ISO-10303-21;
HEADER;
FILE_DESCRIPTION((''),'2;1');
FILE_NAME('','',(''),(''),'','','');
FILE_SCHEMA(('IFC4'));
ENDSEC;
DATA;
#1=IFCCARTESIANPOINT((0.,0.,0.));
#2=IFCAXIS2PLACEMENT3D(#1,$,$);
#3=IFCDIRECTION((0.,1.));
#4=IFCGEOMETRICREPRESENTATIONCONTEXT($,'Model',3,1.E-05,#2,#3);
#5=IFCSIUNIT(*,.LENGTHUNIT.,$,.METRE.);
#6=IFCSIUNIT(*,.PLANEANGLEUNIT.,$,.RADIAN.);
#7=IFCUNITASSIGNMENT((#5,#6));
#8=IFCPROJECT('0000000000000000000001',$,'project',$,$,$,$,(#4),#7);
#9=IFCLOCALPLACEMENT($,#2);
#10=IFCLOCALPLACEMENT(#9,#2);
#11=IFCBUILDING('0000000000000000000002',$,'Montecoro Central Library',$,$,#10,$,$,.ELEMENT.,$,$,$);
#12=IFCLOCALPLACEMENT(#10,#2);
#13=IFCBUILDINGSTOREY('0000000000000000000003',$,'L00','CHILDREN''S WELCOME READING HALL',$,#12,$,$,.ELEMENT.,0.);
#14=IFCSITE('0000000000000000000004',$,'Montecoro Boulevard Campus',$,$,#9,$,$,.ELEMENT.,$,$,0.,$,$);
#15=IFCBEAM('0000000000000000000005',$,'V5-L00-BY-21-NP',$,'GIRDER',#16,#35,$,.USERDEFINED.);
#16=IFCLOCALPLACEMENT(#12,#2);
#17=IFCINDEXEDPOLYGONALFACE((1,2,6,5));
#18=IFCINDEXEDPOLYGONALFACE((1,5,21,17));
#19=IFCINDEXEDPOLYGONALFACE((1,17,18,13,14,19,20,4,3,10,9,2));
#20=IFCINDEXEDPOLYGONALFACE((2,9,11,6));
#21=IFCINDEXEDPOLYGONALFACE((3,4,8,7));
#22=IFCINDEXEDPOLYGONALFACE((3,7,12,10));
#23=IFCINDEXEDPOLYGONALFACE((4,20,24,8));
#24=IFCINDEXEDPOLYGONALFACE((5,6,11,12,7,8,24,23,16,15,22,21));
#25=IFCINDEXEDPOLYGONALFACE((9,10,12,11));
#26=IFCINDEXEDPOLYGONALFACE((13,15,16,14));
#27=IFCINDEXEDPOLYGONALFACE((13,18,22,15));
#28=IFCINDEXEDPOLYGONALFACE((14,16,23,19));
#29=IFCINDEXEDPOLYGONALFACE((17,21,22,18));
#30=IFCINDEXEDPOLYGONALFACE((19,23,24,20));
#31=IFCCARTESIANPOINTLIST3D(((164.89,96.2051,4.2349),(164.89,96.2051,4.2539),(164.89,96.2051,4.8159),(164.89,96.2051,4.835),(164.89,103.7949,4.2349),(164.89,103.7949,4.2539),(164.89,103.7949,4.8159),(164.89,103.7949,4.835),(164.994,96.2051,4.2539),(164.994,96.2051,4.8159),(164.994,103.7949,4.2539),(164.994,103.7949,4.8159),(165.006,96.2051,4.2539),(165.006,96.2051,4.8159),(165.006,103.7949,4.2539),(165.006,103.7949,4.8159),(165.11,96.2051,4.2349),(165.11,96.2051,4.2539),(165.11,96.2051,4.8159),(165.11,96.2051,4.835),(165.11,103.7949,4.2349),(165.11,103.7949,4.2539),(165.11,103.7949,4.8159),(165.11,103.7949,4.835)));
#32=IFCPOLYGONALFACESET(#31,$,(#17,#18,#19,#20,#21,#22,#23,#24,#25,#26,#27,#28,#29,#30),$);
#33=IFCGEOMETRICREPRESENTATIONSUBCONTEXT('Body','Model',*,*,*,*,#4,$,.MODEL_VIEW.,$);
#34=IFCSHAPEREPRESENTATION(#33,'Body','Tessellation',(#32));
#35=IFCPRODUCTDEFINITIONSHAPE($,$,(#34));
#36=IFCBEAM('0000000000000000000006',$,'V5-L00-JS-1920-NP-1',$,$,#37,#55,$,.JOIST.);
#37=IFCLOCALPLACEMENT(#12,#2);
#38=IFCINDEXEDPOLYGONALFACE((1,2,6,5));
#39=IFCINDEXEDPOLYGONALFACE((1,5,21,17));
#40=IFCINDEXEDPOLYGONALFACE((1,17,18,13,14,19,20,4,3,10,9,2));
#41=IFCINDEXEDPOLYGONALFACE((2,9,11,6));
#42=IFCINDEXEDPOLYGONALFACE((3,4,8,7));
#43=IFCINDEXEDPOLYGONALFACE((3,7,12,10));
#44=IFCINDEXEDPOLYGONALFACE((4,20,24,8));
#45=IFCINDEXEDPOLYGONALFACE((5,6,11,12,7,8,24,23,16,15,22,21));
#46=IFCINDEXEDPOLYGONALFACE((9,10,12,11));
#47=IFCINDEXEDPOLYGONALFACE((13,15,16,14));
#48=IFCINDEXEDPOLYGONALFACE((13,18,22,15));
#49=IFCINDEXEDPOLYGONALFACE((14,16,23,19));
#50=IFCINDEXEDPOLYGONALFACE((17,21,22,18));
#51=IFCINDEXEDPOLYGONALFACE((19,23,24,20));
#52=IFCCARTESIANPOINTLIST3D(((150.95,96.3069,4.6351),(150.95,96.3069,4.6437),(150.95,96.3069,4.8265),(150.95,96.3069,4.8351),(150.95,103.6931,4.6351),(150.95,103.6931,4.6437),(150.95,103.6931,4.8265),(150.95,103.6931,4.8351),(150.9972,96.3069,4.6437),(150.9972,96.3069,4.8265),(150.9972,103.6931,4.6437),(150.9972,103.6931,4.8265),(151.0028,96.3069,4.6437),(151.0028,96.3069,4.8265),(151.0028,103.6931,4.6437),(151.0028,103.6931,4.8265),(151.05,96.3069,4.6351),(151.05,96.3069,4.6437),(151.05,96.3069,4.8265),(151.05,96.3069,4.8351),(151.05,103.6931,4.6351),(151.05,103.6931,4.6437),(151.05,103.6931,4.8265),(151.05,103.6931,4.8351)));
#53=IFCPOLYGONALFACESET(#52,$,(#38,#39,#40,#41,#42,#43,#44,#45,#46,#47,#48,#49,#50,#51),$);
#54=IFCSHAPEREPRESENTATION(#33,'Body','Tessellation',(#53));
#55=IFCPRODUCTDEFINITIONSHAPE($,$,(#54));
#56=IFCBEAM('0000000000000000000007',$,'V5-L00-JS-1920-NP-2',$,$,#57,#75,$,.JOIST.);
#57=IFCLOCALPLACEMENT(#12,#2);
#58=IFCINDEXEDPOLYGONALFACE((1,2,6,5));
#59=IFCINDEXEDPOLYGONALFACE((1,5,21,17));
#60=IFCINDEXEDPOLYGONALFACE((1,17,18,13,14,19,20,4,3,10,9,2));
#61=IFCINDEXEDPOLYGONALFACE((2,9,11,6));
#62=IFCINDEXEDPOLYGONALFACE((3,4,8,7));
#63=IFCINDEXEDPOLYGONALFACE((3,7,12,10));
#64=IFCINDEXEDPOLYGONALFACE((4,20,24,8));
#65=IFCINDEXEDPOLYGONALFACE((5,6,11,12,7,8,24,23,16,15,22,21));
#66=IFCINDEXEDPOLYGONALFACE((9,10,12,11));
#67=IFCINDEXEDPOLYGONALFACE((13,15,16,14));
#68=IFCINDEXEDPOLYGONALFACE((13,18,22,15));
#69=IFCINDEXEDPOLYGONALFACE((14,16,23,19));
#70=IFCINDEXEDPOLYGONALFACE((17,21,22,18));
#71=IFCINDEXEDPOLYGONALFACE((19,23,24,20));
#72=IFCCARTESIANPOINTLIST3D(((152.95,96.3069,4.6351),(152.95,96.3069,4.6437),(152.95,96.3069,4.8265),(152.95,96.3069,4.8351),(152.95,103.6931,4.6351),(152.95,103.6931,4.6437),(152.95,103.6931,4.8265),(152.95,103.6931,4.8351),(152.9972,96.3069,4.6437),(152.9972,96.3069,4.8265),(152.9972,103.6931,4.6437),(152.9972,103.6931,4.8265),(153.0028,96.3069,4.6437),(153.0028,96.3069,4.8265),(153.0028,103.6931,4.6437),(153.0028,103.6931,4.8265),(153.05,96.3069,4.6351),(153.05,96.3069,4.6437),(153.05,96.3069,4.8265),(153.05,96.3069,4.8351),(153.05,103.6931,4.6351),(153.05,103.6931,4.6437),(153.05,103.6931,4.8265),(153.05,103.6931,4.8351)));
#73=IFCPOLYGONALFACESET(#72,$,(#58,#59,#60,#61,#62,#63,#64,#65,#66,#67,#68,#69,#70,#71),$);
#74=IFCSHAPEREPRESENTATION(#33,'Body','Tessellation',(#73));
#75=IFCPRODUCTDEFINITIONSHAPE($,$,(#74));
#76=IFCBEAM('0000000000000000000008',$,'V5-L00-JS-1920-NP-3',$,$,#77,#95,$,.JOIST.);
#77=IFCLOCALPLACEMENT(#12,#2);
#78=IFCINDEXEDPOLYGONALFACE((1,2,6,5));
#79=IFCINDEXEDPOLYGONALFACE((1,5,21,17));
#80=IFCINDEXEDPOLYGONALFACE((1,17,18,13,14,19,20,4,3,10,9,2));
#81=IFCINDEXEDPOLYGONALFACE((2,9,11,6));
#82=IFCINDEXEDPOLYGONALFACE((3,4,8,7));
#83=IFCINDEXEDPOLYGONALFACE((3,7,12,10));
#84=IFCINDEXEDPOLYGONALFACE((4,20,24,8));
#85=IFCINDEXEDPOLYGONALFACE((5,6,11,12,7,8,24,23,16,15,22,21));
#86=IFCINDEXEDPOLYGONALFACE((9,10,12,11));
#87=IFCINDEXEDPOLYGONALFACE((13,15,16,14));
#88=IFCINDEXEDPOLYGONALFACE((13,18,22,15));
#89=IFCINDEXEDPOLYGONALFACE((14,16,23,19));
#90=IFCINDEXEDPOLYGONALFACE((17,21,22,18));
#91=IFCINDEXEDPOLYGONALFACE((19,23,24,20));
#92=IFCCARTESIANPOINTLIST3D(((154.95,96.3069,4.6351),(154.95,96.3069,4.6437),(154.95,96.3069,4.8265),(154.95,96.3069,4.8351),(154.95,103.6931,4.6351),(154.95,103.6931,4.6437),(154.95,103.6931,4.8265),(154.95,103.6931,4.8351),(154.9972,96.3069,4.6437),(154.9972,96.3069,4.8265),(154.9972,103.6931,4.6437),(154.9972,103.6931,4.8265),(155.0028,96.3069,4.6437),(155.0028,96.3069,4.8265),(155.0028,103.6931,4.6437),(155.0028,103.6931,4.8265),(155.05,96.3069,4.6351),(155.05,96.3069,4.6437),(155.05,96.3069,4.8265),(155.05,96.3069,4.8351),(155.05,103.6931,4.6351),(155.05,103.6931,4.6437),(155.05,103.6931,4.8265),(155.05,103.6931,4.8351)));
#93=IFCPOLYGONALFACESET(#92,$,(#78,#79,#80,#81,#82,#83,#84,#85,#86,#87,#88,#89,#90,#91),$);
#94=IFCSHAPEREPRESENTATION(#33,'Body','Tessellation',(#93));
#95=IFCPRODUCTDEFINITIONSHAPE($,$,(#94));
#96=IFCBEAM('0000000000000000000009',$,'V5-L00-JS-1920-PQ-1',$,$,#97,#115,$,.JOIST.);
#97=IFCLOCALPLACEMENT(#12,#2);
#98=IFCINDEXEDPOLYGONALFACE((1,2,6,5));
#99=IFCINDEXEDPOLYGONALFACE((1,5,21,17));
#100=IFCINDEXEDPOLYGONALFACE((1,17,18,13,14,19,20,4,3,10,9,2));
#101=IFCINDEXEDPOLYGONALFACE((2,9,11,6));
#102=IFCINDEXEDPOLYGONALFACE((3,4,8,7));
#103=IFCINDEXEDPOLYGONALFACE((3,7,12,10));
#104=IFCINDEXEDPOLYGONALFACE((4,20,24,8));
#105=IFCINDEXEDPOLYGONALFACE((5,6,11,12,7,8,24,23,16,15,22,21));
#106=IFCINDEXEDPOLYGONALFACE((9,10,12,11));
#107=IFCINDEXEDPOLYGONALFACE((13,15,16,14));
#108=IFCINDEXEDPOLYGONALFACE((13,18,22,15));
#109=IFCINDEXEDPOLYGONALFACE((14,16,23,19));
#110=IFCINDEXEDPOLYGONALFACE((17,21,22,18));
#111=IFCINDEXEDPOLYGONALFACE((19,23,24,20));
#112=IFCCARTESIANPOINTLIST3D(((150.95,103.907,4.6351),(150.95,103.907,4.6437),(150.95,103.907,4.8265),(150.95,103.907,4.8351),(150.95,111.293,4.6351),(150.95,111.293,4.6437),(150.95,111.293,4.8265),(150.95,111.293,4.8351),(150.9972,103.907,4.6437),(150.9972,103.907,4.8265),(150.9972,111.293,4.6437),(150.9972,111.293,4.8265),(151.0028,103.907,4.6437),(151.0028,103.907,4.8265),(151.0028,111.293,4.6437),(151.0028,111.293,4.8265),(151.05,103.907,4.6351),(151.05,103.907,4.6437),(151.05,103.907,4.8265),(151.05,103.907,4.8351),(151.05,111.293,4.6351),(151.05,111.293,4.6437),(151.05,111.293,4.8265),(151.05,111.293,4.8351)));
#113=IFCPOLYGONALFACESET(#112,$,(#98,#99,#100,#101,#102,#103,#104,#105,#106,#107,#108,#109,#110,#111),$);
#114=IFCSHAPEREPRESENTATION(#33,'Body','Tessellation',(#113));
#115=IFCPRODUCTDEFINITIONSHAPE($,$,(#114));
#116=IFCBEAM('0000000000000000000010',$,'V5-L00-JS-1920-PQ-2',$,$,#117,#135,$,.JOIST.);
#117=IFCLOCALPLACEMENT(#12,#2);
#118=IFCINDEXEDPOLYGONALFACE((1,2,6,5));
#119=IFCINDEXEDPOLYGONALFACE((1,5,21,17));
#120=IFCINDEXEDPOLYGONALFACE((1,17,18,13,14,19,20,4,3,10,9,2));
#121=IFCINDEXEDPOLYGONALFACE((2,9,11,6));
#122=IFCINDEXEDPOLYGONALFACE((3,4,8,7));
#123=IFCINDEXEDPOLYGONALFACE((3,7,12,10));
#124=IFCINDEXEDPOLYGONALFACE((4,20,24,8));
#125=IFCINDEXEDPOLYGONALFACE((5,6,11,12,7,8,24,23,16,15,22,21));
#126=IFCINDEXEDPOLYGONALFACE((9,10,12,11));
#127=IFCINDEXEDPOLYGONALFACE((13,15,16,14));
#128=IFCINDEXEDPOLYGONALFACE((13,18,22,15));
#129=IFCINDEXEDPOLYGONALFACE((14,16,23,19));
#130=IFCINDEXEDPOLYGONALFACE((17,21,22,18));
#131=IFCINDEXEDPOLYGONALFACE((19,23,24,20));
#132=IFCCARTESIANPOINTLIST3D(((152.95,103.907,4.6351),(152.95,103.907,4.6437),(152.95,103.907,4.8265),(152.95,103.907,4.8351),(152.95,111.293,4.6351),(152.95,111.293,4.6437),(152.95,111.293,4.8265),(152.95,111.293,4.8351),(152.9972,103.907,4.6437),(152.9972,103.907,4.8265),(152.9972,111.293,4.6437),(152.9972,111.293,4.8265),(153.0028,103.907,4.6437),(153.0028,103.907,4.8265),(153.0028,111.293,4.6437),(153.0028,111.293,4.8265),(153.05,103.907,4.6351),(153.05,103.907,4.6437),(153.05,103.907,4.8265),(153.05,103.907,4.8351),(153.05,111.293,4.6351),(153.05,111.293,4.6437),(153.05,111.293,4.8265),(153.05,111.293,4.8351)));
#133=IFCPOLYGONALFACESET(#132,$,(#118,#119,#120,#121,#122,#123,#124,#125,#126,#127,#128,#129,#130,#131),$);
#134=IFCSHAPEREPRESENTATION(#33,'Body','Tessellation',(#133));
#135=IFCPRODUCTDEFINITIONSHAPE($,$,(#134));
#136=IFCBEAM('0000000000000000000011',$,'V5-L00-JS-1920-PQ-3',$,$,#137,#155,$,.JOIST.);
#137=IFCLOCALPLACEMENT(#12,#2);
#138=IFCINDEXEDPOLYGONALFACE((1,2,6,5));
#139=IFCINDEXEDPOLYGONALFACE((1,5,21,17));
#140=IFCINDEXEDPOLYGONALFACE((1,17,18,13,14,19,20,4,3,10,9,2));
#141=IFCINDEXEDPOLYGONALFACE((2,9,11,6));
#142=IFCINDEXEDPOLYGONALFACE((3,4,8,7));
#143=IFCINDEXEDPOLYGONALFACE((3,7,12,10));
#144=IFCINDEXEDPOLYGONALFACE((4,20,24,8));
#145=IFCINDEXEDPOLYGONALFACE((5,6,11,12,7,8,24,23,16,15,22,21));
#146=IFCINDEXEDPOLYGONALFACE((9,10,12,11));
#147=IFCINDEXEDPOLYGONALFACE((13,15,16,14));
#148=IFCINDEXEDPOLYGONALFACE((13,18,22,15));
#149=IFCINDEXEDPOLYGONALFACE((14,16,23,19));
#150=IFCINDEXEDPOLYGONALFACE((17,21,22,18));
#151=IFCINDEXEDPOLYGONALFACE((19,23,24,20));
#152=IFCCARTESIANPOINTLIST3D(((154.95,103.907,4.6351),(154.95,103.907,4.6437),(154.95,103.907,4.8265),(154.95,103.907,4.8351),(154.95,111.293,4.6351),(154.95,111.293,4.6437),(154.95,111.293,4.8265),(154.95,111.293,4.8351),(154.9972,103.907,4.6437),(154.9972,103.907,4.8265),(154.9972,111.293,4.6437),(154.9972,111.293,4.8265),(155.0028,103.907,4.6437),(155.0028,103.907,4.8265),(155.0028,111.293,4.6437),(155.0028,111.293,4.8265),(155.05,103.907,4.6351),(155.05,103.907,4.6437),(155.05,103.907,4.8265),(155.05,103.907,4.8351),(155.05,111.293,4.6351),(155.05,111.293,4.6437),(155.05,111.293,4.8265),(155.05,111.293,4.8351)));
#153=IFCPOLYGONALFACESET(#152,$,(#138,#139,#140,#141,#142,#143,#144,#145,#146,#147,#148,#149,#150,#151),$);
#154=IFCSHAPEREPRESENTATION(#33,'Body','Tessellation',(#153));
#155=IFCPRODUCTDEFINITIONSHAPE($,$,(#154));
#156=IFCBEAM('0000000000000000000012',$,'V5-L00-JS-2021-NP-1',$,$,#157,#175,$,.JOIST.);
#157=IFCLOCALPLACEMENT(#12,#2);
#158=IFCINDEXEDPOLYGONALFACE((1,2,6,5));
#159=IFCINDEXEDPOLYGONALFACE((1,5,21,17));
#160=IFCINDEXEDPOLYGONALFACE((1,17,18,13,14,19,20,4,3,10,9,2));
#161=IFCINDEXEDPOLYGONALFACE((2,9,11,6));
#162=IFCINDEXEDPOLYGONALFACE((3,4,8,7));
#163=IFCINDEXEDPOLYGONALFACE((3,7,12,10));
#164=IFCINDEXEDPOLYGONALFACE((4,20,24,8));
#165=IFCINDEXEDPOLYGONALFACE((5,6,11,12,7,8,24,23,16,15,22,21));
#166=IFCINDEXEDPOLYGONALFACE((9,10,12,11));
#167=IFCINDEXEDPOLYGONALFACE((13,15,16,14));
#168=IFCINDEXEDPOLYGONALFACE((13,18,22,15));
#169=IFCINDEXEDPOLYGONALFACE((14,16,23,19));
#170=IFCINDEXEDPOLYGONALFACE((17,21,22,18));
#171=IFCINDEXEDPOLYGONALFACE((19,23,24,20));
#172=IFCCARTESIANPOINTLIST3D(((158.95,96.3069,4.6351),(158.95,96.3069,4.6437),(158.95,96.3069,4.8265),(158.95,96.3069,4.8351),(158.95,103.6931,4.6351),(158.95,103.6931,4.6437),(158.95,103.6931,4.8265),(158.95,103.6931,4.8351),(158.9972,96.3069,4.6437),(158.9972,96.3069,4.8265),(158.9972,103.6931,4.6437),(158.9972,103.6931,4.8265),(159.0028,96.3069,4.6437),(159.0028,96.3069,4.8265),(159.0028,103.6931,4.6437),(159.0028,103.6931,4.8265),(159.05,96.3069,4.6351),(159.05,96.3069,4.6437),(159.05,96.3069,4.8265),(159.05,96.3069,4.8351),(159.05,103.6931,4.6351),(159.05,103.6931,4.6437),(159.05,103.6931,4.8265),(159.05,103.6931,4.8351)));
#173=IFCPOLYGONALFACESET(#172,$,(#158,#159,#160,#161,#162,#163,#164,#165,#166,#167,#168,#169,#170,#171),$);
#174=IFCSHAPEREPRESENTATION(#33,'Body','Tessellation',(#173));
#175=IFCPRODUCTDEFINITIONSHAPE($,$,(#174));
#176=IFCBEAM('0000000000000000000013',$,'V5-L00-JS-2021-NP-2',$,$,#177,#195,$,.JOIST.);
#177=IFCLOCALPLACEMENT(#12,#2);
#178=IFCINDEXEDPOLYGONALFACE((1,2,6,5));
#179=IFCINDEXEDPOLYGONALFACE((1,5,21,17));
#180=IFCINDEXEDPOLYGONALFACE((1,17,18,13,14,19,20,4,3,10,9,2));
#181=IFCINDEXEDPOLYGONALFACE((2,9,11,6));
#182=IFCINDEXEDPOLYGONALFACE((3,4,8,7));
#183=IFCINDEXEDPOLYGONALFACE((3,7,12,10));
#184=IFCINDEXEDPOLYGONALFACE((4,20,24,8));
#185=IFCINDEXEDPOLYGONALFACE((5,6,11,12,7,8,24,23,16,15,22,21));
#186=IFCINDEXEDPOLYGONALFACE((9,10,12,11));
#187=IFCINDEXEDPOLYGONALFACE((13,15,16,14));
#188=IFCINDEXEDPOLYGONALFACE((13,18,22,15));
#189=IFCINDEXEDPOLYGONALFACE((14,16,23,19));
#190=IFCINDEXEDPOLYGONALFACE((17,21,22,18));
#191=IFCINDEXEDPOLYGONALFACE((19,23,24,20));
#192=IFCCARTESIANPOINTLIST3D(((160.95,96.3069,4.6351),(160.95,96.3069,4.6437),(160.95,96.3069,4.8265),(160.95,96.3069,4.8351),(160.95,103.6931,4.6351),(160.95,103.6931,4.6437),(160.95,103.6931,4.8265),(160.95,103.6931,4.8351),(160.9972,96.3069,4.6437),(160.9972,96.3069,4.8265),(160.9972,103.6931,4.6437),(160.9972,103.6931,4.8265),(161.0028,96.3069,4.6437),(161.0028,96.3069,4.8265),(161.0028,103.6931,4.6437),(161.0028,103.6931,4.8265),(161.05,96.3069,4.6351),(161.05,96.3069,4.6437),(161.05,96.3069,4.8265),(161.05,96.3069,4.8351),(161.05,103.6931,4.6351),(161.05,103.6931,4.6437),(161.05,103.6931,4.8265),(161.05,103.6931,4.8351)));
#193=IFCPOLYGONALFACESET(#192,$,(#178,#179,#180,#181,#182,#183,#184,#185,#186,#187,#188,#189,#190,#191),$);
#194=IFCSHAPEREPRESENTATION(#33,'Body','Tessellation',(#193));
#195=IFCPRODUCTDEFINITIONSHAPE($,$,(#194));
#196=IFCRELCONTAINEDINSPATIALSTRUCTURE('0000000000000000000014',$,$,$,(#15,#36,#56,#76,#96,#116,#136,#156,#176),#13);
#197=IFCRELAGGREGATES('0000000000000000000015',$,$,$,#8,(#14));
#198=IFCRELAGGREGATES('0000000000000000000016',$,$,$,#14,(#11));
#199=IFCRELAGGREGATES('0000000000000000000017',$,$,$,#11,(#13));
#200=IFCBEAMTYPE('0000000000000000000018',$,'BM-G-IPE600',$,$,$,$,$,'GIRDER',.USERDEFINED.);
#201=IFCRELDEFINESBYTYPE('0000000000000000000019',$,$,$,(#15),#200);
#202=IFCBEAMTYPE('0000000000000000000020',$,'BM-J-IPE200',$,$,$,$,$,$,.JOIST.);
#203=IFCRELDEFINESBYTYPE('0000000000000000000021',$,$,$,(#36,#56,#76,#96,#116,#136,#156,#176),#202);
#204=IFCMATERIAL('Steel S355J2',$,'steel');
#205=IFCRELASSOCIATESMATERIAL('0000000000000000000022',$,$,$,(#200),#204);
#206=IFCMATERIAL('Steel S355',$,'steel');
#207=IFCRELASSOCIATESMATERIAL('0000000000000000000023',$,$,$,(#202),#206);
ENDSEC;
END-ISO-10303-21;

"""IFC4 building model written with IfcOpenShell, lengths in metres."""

from ifc_helpers import new_model, si_unit, direction, frame, origin, origin_2d, place, context, subcontext, project, spatial, i_section, extrude, material, material_profile, profile_set, type_object, element, save


model = new_model("IFC4")

# Units and contexts
model_context = context("Model", 3, precision=1e-05, world=origin(), true_north=direction((0.0, 1.0)))
body_context = subcontext(model_context, "Body", "Model", "MODEL_VIEW")
ifc_project = project(units=[si_unit("LENGTHUNIT", "METRE"), si_unit("PLANEANGLEUNIT", "RADIAN")], contexts=[model_context])

# Site, building, storey
site_placement = place(None, origin())
site = spatial("IfcSite", under=ifc_project, at=site_placement, Name="Montecoro Boulevard Campus", CompositionType="ELEMENT", RefElevation=0.0)
building_placement = place(site_placement, origin())
building = spatial("IfcBuilding", under=site, at=building_placement, Name="Montecoro Central Library", CompositionType="ELEMENT")
storey_placement = place(building_placement, origin())
storey = spatial("IfcBuildingStorey", under=building, at=storey_placement, Name="L00", Description="CHILDREN'S WELCOME READING HALL", CompositionType="ELEMENT", Elevation=0.0)

# Shared definitions
ifc_material_1 = material(Name="Steel S355J2", Category="steel")

# Beams
ifc_material_profile_1 = material_profile(ifc_material_1, i_section(OverallWidth=0.22, OverallDepth=0.6001, WebThickness=0.012, FlangeThickness=0.019, at=origin_2d()), Name="IPE 600")
ifc_profile_set_1 = profile_set([ifc_material_profile_1], Name="Steel S355J2")
beam_type_1 = type_object("IfcBeamType", Name="BM-G-IPE600", ElementType="GIRDER", PredefinedType="USERDEFINED", material=ifc_profile_set_1)
beam_1_placement = place(storey_placement, frame((165.0, 96.2051, 4.5349), z_axis=(0.0, 1.0, 0.0), x_axis=(-1.0, 0.0, 0.0)))
element("IfcBeam", 1, at=beam_1_placement, inside=storey, type_object=beam_type_1, Name="V5-L00-BY-21-NP", ObjectType="GIRDER", PredefinedType="USERDEFINED", context=body_context, shape_type="SweptSolid", body=[
    extrude(i_section(OverallWidth=0.22, OverallDepth=0.6001, WebThickness=0.012, FlangeThickness=0.019, at=origin_2d()), origin(), (0.0, 0.0, 1.0), 7.5898),
])
ifc_material_2 = material(Name="Steel S355", Category="steel")
ifc_material_profile_2 = material_profile(ifc_material_2, i_section(OverallWidth=0.1001, OverallDepth=0.2, WebThickness=0.0056, FlangeThickness=0.0085, at=origin_2d()), Name="IPE 200")
ifc_profile_set_2 = profile_set([ifc_material_profile_2], Name="Steel S355")
beam_type_2 = type_object("IfcBeamType", Name="BM-J-IPE200", PredefinedType="JOIST", material=ifc_profile_set_2)
for number, where, z_axis, x_axis, name in (
    (2, (151.0, 96.3069, 4.7351), (0.0, 1.0, 0.0), (-1.0, 0.0, 0.0), "V5-L00-JS-1920-NP-1"),
    (3, (153.0, 96.3069, 4.7351), (0.0, 1.0, 0.0), (-1.0, 0.0, 0.0), "V5-L00-JS-1920-NP-2"),
    (4, (155.0, 96.3069, 4.7351), (0.0, 1.0, 0.0), (-1.0, 0.0, 0.0), "V5-L00-JS-1920-NP-3"),
):
    element("IfcBeam", number, at=place(storey_placement, frame(where, z_axis=z_axis, x_axis=x_axis)), inside=storey, type_object=beam_type_2, Name=name, PredefinedType="JOIST", context=body_context, shape_type="SweptSolid", body=[
        extrude(i_section(OverallWidth=0.1001, OverallDepth=0.2, WebThickness=0.0056, FlangeThickness=0.0085, at=origin_2d()), origin(), (0.0, 0.0, 1.0), 7.3862),
    ])
for number, where, z_axis, x_axis, name in (
    (5, (151.0, 103.907, 4.7351), (0.0, 1.0, 0.0), (-1.0, 0.0, 0.0), "V5-L00-JS-1920-PQ-1"),
    (6, (153.0, 103.907, 4.7351), (0.0, 1.0, 0.0), (-1.0, 0.0, 0.0), "V5-L00-JS-1920-PQ-2"),
    (7, (155.0, 103.907, 4.7351), (0.0, 1.0, 0.0), (-1.0, 0.0, 0.0), "V5-L00-JS-1920-PQ-3"),
):
    element("IfcBeam", number, at=place(storey_placement, frame(where, z_axis=z_axis, x_axis=x_axis)), inside=storey, type_object=beam_type_2, Name=name, PredefinedType="JOIST", context=body_context, shape_type="SweptSolid", body=[
        extrude(i_section(OverallWidth=0.1001, OverallDepth=0.2, WebThickness=0.0056, FlangeThickness=0.0085, at=origin_2d()), origin(), (0.0, 0.0, 1.0), 7.386),
    ])
for number, where, z_axis, x_axis, name in (
    (8, (159.0, 96.3069, 4.7351), (0.0, 1.0, 0.0), (-1.0, 0.0, 0.0), "V5-L00-JS-2021-NP-1"),
    (9, (161.0, 96.3069, 4.7351), (0.0, 1.0, 0.0), (-1.0, 0.0, 0.0), "V5-L00-JS-2021-NP-2"),
):
    element("IfcBeam", number, at=place(storey_placement, frame(where, z_axis=z_axis, x_axis=x_axis)), inside=storey, type_object=beam_type_2, Name=name, PredefinedType="JOIST", context=body_context, shape_type="SweptSolid", body=[
        extrude(i_section(OverallWidth=0.1001, OverallDepth=0.2, WebThickness=0.0056, FlangeThickness=0.0085, at=origin_2d()), origin(), (0.0, 0.0, 1.0), 7.3862),
    ])

save(model, "model.ifc")
